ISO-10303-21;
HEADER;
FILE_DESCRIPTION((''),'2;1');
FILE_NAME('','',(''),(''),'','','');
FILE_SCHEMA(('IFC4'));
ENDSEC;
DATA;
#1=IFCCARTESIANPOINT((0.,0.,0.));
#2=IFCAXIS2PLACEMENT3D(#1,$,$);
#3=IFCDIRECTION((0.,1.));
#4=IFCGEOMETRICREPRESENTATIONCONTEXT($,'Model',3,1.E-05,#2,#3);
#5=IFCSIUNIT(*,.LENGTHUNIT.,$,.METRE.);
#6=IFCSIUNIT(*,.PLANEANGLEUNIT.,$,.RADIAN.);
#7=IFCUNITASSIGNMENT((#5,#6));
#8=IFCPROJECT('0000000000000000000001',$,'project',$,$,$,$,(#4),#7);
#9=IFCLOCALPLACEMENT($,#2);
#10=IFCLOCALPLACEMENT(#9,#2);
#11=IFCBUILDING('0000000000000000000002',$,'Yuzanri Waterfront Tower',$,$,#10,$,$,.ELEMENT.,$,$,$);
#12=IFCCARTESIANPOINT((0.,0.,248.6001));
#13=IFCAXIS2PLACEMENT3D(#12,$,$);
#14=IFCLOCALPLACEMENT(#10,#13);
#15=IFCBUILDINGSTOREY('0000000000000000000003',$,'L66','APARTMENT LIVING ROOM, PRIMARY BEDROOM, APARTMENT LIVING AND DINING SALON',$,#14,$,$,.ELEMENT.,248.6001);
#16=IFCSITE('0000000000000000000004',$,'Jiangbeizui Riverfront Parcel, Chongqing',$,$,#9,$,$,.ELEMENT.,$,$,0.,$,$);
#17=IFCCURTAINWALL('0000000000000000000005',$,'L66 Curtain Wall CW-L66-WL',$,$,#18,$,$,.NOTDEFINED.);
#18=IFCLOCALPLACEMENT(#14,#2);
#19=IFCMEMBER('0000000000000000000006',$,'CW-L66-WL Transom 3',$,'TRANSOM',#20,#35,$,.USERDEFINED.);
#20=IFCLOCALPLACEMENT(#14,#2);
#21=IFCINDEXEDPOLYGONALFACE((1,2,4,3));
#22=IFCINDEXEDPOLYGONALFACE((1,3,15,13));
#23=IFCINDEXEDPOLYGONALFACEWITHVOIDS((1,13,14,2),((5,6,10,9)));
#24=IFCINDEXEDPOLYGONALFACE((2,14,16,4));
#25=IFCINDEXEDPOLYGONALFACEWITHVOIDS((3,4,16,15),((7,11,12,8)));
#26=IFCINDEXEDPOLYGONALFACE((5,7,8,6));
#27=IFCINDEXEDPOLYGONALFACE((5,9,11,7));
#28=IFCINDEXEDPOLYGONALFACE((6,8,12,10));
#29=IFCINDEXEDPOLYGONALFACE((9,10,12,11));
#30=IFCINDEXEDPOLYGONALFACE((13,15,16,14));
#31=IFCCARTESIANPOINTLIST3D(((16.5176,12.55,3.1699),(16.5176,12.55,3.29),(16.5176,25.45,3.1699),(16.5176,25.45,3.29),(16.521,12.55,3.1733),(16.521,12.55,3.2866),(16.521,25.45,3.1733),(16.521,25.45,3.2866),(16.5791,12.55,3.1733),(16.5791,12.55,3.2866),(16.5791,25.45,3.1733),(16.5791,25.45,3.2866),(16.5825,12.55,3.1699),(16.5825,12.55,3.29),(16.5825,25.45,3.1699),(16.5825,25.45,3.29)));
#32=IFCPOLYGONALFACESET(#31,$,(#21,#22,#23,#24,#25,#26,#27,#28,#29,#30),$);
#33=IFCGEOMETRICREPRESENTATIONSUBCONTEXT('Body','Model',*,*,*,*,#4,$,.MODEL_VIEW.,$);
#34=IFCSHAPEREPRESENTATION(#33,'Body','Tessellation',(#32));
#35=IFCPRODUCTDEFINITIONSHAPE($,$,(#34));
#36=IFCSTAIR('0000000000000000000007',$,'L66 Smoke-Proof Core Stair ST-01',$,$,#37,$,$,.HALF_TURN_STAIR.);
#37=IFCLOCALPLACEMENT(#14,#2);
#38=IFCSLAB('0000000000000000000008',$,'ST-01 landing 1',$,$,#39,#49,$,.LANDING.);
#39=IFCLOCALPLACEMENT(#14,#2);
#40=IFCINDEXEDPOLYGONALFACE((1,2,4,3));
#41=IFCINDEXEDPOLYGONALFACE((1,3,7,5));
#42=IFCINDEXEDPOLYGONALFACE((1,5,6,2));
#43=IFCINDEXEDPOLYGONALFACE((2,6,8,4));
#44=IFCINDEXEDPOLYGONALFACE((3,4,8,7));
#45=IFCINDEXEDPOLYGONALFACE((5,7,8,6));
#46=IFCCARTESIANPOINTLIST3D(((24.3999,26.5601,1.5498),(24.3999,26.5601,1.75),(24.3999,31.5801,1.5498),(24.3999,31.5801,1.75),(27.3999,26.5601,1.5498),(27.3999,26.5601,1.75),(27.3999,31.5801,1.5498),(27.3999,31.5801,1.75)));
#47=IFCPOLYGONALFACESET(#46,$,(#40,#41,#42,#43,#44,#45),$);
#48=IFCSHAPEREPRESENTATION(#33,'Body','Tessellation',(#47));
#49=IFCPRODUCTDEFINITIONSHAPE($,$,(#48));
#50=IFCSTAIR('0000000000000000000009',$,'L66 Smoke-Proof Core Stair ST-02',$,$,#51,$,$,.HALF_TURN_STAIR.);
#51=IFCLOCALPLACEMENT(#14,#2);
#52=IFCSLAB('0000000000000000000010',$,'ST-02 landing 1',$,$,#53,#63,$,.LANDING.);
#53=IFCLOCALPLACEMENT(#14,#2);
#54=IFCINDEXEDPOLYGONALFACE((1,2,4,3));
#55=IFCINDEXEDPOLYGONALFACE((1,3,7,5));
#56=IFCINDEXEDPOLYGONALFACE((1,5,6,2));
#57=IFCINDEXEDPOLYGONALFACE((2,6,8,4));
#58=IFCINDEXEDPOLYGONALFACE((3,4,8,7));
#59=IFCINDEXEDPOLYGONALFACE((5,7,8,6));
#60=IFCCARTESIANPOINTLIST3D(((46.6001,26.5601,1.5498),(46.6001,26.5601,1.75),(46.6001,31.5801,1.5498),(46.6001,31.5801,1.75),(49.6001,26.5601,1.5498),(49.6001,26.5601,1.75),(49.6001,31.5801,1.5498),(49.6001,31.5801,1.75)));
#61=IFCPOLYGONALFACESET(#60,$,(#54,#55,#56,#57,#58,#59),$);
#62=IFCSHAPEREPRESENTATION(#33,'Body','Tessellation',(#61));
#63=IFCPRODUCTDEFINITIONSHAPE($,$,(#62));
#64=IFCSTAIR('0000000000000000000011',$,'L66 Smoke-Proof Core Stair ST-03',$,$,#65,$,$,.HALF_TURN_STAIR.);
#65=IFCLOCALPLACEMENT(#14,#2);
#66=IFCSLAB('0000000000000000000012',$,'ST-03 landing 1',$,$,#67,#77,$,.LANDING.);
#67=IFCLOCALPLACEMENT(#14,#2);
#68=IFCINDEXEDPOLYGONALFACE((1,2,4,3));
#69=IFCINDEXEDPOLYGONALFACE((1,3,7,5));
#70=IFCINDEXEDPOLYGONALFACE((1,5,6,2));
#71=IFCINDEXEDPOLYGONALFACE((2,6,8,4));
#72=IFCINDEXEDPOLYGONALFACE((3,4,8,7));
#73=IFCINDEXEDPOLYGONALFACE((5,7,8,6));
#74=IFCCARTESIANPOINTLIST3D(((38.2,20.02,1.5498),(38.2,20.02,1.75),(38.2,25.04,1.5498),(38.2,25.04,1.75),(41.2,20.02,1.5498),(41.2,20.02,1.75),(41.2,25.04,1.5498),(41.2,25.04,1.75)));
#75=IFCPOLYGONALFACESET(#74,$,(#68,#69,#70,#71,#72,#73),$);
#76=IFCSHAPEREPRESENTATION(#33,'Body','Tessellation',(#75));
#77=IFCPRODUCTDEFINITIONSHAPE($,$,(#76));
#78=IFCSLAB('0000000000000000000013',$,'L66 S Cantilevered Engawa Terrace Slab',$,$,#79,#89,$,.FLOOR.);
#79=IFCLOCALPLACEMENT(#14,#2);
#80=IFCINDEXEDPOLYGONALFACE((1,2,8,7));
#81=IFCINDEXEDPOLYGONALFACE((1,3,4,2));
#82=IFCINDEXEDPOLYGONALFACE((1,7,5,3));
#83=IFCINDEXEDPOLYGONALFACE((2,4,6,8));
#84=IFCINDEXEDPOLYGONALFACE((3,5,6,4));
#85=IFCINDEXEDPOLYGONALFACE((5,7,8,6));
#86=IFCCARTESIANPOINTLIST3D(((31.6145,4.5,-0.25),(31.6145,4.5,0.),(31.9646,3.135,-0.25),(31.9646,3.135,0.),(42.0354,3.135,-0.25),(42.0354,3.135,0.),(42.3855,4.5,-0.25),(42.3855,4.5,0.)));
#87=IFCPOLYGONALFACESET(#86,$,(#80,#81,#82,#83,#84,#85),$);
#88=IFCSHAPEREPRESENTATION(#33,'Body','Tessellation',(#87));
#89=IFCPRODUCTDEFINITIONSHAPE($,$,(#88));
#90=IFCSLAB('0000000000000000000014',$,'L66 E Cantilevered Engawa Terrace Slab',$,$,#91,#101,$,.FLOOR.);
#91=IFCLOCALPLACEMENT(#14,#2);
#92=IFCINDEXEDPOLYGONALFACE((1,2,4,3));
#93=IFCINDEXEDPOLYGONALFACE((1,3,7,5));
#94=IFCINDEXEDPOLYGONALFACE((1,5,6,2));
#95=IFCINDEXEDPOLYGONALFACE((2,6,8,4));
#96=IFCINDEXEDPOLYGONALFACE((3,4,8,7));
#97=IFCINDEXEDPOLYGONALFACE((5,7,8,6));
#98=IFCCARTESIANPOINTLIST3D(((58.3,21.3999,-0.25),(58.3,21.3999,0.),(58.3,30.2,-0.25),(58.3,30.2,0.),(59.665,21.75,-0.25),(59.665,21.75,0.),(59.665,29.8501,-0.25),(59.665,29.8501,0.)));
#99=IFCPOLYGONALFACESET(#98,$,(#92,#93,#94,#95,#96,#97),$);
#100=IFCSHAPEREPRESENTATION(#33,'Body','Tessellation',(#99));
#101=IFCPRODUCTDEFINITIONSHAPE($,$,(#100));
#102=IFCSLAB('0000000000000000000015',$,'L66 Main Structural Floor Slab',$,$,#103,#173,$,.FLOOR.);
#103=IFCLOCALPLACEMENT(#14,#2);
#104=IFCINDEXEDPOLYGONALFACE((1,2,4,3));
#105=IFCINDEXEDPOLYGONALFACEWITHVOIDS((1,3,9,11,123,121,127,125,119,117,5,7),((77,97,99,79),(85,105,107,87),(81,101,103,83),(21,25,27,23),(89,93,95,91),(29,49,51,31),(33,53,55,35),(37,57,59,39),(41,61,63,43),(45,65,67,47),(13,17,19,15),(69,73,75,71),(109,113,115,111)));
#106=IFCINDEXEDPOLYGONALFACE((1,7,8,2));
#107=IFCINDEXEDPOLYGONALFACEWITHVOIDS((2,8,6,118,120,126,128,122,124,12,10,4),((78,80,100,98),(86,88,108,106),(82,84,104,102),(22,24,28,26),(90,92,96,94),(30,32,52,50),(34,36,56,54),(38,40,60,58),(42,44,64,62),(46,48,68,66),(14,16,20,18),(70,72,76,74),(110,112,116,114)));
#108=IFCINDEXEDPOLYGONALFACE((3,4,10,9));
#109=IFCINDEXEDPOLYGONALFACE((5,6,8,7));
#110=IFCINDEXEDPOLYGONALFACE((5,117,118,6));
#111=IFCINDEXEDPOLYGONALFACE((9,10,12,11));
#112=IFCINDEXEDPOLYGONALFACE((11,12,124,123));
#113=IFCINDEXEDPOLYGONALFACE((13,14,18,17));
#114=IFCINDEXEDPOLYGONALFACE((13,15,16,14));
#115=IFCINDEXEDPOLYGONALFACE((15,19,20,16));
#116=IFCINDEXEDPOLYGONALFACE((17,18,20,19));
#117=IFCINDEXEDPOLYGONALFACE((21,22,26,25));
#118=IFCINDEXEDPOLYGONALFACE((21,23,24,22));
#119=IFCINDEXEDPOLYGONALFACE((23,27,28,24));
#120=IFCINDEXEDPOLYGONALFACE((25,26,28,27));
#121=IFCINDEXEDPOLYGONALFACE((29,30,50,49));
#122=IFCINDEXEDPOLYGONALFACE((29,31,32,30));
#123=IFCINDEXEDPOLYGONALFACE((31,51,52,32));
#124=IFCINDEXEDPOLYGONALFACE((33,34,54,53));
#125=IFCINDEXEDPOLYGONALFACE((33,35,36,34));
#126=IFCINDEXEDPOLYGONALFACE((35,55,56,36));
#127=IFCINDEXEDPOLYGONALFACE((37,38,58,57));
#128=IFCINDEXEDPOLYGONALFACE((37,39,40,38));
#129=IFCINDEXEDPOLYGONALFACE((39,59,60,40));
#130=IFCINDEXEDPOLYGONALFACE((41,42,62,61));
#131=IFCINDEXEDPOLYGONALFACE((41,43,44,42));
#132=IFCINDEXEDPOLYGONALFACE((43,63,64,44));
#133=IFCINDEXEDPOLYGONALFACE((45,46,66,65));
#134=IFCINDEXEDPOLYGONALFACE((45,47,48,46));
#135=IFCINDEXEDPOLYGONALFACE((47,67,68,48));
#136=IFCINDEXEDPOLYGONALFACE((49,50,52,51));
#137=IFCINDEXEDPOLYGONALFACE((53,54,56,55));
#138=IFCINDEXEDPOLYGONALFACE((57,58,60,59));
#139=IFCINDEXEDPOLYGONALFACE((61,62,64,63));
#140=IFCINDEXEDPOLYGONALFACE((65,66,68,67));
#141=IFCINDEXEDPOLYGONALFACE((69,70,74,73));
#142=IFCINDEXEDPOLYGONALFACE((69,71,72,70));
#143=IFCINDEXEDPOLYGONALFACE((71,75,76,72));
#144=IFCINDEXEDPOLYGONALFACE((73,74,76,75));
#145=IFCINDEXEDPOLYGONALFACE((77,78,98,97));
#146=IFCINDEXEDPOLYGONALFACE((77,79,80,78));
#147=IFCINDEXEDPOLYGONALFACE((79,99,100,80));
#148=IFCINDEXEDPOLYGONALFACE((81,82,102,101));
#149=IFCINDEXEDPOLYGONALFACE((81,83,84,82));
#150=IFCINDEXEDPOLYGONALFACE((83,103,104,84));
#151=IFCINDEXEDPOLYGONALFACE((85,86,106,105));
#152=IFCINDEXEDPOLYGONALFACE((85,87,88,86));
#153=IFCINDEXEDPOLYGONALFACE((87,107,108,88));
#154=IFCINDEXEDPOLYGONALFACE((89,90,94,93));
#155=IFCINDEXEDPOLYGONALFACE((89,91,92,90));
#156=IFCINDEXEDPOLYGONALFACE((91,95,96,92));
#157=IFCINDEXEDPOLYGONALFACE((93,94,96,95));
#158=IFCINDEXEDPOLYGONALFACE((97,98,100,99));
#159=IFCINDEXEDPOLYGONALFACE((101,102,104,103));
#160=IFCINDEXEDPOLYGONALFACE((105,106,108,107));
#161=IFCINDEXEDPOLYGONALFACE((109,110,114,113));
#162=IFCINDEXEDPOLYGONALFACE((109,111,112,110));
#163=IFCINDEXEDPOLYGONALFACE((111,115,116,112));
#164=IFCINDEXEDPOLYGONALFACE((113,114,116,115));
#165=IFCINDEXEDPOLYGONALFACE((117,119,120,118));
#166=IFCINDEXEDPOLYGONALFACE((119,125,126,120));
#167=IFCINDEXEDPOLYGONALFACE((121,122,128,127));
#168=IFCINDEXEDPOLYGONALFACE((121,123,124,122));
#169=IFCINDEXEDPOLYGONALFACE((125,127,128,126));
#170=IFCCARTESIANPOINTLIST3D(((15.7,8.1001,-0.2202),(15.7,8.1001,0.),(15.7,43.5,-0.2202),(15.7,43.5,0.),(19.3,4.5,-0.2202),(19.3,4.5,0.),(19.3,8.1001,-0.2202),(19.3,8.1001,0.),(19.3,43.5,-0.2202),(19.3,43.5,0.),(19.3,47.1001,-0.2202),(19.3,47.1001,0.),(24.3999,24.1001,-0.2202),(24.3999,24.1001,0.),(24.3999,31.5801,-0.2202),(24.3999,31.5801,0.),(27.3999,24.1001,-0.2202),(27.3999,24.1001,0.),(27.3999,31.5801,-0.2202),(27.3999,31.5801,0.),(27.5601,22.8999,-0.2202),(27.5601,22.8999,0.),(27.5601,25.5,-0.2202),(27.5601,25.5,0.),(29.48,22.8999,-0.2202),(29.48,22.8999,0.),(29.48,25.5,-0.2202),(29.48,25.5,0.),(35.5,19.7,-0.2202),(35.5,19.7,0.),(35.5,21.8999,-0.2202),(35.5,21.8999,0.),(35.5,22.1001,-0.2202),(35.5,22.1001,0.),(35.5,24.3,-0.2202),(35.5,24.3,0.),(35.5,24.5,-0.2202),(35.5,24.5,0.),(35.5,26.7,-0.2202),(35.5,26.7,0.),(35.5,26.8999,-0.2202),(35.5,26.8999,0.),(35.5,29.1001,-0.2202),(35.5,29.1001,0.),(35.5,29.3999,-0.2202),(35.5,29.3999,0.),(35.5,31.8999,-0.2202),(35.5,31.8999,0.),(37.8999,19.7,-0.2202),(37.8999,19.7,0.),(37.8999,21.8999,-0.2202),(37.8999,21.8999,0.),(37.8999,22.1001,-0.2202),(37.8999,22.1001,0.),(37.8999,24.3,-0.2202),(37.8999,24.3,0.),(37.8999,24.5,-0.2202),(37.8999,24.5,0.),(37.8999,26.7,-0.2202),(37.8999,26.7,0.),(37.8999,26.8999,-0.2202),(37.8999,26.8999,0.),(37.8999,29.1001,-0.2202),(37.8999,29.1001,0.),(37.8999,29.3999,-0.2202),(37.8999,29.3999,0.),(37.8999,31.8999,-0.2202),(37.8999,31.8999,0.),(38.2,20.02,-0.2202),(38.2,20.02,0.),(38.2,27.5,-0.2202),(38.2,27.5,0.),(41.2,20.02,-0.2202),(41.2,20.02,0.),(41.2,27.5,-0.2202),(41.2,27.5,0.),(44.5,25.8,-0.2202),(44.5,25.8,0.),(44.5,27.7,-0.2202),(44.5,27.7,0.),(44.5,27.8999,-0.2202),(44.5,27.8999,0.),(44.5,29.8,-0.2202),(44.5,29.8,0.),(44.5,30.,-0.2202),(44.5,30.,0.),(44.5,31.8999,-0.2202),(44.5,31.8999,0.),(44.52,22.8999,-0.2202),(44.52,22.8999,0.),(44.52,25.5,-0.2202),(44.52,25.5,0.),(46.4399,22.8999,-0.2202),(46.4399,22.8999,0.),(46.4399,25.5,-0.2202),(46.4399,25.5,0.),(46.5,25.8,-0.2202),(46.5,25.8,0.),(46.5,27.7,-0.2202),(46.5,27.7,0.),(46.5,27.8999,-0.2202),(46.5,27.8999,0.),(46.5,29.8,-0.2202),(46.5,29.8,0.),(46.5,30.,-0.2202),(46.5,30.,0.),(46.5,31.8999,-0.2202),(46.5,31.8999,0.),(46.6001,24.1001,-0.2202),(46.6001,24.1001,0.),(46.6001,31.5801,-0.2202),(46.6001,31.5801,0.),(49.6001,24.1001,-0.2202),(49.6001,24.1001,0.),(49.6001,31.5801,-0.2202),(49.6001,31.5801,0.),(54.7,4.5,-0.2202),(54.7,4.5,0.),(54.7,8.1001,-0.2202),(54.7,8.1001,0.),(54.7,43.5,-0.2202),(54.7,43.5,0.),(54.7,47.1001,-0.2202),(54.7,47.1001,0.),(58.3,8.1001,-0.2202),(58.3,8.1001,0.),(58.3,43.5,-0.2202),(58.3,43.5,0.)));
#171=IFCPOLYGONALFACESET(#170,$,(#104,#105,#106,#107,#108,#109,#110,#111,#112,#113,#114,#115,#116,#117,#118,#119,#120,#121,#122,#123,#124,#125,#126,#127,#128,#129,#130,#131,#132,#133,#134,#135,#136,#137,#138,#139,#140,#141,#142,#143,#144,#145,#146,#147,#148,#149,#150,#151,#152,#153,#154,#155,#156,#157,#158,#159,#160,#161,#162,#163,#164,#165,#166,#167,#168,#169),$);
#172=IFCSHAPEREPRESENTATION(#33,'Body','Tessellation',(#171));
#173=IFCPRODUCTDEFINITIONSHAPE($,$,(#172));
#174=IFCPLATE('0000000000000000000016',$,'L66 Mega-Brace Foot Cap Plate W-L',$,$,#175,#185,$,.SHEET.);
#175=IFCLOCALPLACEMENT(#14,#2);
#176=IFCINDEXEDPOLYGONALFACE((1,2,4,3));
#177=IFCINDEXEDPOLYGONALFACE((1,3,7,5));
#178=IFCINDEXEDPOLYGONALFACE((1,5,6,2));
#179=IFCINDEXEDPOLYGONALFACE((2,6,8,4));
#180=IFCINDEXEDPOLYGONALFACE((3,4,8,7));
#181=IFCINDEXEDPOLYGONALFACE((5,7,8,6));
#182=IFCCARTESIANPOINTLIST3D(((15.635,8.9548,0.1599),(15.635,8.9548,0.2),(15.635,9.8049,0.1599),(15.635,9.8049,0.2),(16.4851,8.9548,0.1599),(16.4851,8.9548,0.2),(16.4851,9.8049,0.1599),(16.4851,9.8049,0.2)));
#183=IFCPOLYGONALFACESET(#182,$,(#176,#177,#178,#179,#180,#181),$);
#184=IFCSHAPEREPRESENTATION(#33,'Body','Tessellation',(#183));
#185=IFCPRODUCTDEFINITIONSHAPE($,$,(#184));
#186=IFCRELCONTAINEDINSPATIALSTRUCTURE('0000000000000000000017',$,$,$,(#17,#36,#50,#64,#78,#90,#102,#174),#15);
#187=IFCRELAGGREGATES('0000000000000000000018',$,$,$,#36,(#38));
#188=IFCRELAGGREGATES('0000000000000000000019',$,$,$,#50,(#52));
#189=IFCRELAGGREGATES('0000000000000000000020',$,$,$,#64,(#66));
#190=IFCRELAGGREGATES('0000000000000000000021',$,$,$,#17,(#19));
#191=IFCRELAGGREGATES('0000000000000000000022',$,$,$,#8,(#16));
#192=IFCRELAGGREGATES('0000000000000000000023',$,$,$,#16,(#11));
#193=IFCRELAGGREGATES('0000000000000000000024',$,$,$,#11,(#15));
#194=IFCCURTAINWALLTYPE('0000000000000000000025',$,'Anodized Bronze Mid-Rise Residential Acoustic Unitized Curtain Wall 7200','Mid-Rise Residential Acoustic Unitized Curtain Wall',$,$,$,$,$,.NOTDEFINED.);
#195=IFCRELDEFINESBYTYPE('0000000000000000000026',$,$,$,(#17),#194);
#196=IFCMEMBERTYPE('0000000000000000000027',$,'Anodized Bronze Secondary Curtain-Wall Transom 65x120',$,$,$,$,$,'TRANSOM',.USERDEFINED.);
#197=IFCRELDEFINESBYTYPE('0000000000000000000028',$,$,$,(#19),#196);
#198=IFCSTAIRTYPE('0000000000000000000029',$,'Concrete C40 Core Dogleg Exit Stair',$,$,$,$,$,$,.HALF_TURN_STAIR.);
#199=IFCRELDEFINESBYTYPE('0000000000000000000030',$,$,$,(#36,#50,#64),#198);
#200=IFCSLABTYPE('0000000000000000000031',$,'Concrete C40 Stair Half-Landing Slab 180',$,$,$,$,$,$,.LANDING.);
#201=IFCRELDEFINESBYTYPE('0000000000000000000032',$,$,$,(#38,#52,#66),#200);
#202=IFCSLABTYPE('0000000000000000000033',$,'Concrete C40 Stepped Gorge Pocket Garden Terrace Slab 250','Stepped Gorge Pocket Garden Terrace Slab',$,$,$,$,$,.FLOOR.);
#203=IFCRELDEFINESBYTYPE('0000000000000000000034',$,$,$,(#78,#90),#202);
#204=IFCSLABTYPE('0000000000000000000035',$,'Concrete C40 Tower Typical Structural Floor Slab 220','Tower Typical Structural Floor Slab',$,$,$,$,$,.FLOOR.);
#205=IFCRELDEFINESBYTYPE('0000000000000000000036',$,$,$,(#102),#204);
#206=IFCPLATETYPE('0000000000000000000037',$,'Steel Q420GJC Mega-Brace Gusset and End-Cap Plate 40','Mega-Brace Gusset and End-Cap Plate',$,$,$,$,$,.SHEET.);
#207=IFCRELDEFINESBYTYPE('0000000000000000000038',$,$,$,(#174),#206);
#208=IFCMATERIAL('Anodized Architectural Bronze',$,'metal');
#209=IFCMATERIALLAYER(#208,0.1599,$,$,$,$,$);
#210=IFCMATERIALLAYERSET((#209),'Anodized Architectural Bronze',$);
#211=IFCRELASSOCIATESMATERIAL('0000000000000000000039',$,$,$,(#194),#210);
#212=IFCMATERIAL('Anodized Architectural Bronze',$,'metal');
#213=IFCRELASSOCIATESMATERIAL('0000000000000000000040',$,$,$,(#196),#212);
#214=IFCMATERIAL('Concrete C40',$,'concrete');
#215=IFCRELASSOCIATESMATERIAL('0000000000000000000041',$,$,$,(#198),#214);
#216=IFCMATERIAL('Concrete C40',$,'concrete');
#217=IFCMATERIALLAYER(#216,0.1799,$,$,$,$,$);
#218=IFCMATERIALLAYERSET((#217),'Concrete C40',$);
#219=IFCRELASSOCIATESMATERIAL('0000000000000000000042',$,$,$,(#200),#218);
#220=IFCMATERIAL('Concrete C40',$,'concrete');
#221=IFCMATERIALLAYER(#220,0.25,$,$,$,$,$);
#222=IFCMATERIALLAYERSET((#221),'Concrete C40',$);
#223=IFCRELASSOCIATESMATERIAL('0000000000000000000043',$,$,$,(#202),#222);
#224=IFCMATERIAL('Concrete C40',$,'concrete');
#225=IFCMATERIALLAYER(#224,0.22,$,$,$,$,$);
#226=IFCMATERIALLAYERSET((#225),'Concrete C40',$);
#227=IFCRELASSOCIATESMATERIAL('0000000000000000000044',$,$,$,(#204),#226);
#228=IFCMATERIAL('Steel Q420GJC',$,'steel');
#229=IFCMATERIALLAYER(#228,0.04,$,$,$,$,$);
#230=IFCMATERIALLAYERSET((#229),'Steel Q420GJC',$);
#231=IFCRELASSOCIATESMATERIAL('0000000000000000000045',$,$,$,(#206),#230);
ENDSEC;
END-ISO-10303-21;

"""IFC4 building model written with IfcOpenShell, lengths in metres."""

from ifc_helpers import new_model, si_unit, direction, frame, origin, origin_2d, place, context, subcontext, project, spatial, polyline, rectangle, hollow_rectangle, outline, extrude, source, transform, mapped, material, layer, layer_set, material_profile, profile_set, type_object, element, aggregate, save


model = new_model("IFC4")

# Units and contexts
model_context = context("Model", 3, precision=1e-05, world=origin(), true_north=direction((0.0, 1.0)))
body_context = subcontext(model_context, "Body", "Model", "MODEL_VIEW")
ifc_project = project(units=[si_unit("LENGTHUNIT", "METRE"), si_unit("PLANEANGLEUNIT", "RADIAN")], contexts=[model_context])

# Site, building, storey
site_placement = place(None, origin())
site = spatial("IfcSite", under=ifc_project, at=site_placement, Name="Jiangbeizui Riverfront Parcel, Chongqing", CompositionType="ELEMENT", RefElevation=0.0)
building_placement = place(site_placement, origin())
building = spatial("IfcBuilding", under=site, at=building_placement, Name="Yuzanri Waterfront Tower", CompositionType="ELEMENT")
storey_placement = place(building_placement, frame((0.0, 0.0, 248.6001)))
storey = spatial("IfcBuildingStorey", under=building, at=storey_placement, Name="L66", Description="APARTMENT LIVING ROOM, PRIMARY BEDROOM, APARTMENT LIVING AND DINING SALON", CompositionType="ELEMENT", Elevation=248.6001)

# Curtain wall, member
ifc_material_1 = material(Name="Anodized Architectural Bronze", Category="metal")
ifc_layer_1 = layer(ifc_material_1, 0.1599)
ifc_layer_set_1 = layer_set([ifc_layer_1], Name="Anodized Architectural Bronze")
curtain_wall_type = type_object("IfcCurtainWallType", Name="Anodized Bronze Mid-Rise Residential Acoustic Unitized Curtain Wall 7200", Description="Mid-Rise Residential Acoustic Unitized Curtain Wall", PredefinedType="NOTDEFINED", material=ifc_layer_set_1)
curtain_wall_placement = place(storey_placement, origin())
curtain_wall = element("IfcCurtainWall", 1, at=curtain_wall_placement, inside=storey, type_object=curtain_wall_type, Name="L66 Curtain Wall CW-L66-WL", PredefinedType="NOTDEFINED")
ifc_material_2 = material(Name="Anodized Architectural Bronze", Category="metal")
ifc_material_profile_1 = material_profile(ifc_material_2, hollow_rectangle(XDim=0.0649, YDim=0.1201, WallThickness=0.0034, at=origin_2d()), Name="CWT 65x120")
ifc_profile_set_1 = profile_set([ifc_material_profile_1], Name="Anodized Architectural Bronze")
member_type_1 = type_object("IfcMemberType", Name="Anodized Bronze Secondary Curtain-Wall Transom 65x120", ElementType="TRANSOM", PredefinedType="USERDEFINED", material=ifc_profile_set_1)
shared_shape_1 = source(origin(), body_context, "Body", "SweptSolid", [
    extrude(hollow_rectangle(XDim=0.0649, YDim=0.1201, WallThickness=0.0034, at=origin_2d()), origin(), (0.0, 0.0, 1.0), 12.8999),
])
member_1_placement = place(storey_placement, frame((16.55, 12.55, 3.23), z_axis=(0.0, 1.0, 0.0), x_axis=(-1.0, 0.0, 0.0)))
member_1 = element("IfcMember", 2, at=member_1_placement, type_object=member_type_1, Name="CW-L66-WL Transom 3", ObjectType="TRANSOM", PredefinedType="USERDEFINED", context=body_context, shape_type="MappedRepresentation", body=[
    mapped(shared_shape_1, transform((0.0, 0.0, 0.0), scale=1.0)),
])

# Stairs, slabs
ifc_material_3 = material(Name="Concrete C40", Category="concrete")
stair_type = type_object("IfcStairType", Name="Concrete C40 Core Dogleg Exit Stair", PredefinedType="HALF_TURN_STAIR", material=ifc_material_3)
stair_1_placement = place(storey_placement, origin())
stair_1 = element("IfcStair", 3, at=stair_1_placement, inside=storey, type_object=stair_type, Name="L66 Smoke-Proof Core Stair ST-01", PredefinedType="HALF_TURN_STAIR")
ifc_material_4 = material(Name="Concrete C40", Category="concrete")
ifc_layer_2 = layer(ifc_material_4, 0.1799)
ifc_layer_set_2 = layer_set([ifc_layer_2], Name="Concrete C40")
slab_type_1 = type_object("IfcSlabType", Name="Concrete C40 Stair Half-Landing Slab 180", PredefinedType="LANDING", material=ifc_layer_set_2)
slab_1_placement = place(storey_placement, frame((0.0, 0.0, 1.5498)))
slab_1 = element("IfcSlab", 4, at=slab_1_placement, type_object=slab_type_1, Name="ST-01 landing 1", PredefinedType="LANDING", context=body_context, shape_type="SweptSolid", body=[
    extrude(outline(polyline([(27.3999, 26.5601), (27.3999, 31.5801), (24.3999, 31.5801), (24.3999, 26.5601), (27.3999, 26.5601)])), origin(), (0.0, 0.0, 1.0), 0.2002),
])
aggregate(stair_1, [slab_1])
stair_2_placement = place(storey_placement, origin())
stair_2 = element("IfcStair", 5, at=stair_2_placement, inside=storey, type_object=stair_type, Name="L66 Smoke-Proof Core Stair ST-02", PredefinedType="HALF_TURN_STAIR")
slab_2_placement = place(storey_placement, frame((0.0, 0.0, 1.5498)))
slab_2 = element("IfcSlab", 6, at=slab_2_placement, type_object=slab_type_1, Name="ST-02 landing 1", PredefinedType="LANDING", context=body_context, shape_type="SweptSolid", body=[
    extrude(outline(polyline([(49.6001, 26.5601), (49.6001, 31.5801), (46.6001, 31.5801), (46.6001, 26.5601), (49.6001, 26.5601)])), origin(), (0.0, 0.0, 1.0), 0.2002),
])
aggregate(stair_2, [slab_2])
stair_3_placement = place(storey_placement, origin())
stair_3 = element("IfcStair", 7, at=stair_3_placement, inside=storey, type_object=stair_type, Name="L66 Smoke-Proof Core Stair ST-03", PredefinedType="HALF_TURN_STAIR")
slab_3_placement = place(storey_placement, frame((0.0, 0.0, 1.5498)))
slab_3 = element("IfcSlab", 8, at=slab_3_placement, type_object=slab_type_1, Name="ST-03 landing 1", PredefinedType="LANDING", context=body_context, shape_type="SweptSolid", body=[
    extrude(outline(polyline([(38.2, 25.04), (38.2, 20.02), (41.2, 20.02), (41.2, 25.04), (38.2, 25.04)])), origin(), (0.0, 0.0, 1.0), 0.2002),
])
aggregate(stair_3, [slab_3])

# Slabs
ifc_material_5 = material(Name="Concrete C40", Category="concrete")
ifc_layer_3 = layer(ifc_material_5, 0.25)
ifc_layer_set_3 = layer_set([ifc_layer_3], Name="Concrete C40")
slab_type_2 = type_object("IfcSlabType", Name="Concrete C40 Stepped Gorge Pocket Garden Terrace Slab 250", Description="Stepped Gorge Pocket Garden Terrace Slab", PredefinedType="FLOOR", material=ifc_layer_set_3)
slab_4_placement = place(storey_placement, frame((0.0, 0.0, -0.25)))
element("IfcSlab", 9, at=slab_4_placement, inside=storey, type_object=slab_type_2, Name="L66 S Cantilevered Engawa Terrace Slab", PredefinedType="FLOOR", context=body_context, shape_type="SweptSolid", body=[
    extrude(outline(polyline([(31.6145, 4.5), (42.3855, 4.5), (42.0354, 3.135), (31.9646, 3.135), (31.6145, 4.5)])), origin(), (0.0, 0.0, 1.0), 0.25),
])
slab_5_placement = place(storey_placement, frame((0.0, 0.0, -0.25)))
element("IfcSlab", 10, at=slab_5_placement, inside=storey, type_object=slab_type_2, Name="L66 E Cantilevered Engawa Terrace Slab", PredefinedType="FLOOR", context=body_context, shape_type="SweptSolid", body=[
    extrude(outline(polyline([(58.3, 21.3999), (59.665, 21.75), (59.665, 29.8501), (58.3, 30.2), (58.3, 21.3999)])), origin(), (0.0, 0.0, 1.0), 0.25),
])
ifc_material_6 = material(Name="Concrete C40", Category="concrete")
ifc_layer_4 = layer(ifc_material_6, 0.22)
ifc_layer_set_4 = layer_set([ifc_layer_4], Name="Concrete C40")
slab_type_3 = type_object("IfcSlabType", Name="Concrete C40 Tower Typical Structural Floor Slab 220", Description="Tower Typical Structural Floor Slab", PredefinedType="FLOOR", material=ifc_layer_set_4)
slab_6_placement = place(storey_placement, frame((0.0, 0.0, -0.2202)))
element("IfcSlab", 11, at=slab_6_placement, inside=storey, type_object=slab_type_3, Name="L66 Main Structural Floor Slab", PredefinedType="FLOOR", context=body_context, shape_type="SweptSolid", body=[
    extrude(outline(polyline([(19.3, 4.5), (54.7, 4.5), (54.7, 8.1001), (58.3, 8.1001), (58.3, 43.5), (54.7, 43.5), (54.7, 47.1001), (19.3, 47.1001), (19.3, 43.5), (15.7, 43.5), (15.7, 8.1001), (19.3, 8.1001), (19.3, 4.5)]), holes=[polyline([(27.3999, 24.1001), (27.3999, 31.5801), (24.3999, 31.5801), (24.3999, 24.1001), (27.3999, 24.1001)]), polyline([(49.6001, 24.1001), (49.6001, 31.5801), (46.6001, 31.5801), (46.6001, 24.1001), (49.6001, 24.1001)]), polyline([(38.2, 27.5), (38.2, 20.02), (41.2, 20.02), (41.2, 27.5), (38.2, 27.5)]), polyline([(27.5601, 22.8999), (29.48, 22.8999), (29.48, 25.5), (27.5601, 25.5), (27.5601, 22.8999)]), polyline([(44.52, 22.8999), (46.4399, 22.8999), (46.4399, 25.5), (44.52, 25.5), (44.52, 22.8999)]), polyline([(35.5, 19.7), (37.8999, 19.7), (37.8999, 21.8999), (35.5, 21.8999), (35.5, 19.7)]), polyline([(35.5, 22.1001), (37.8999, 22.1001), (37.8999, 24.3), (35.5, 24.3), (35.5, 22.1001)]), polyline([(35.5, 24.5), (37.8999, 24.5), (37.8999, 26.7), (35.5, 26.7), (35.5, 24.5)]), polyline([(35.5, 26.8999), (37.8999, 26.8999), (37.8999, 29.1001), (35.5, 29.1001), (35.5, 26.8999)]), polyline([(35.5, 29.3999), (37.8999, 29.3999), (37.8999, 31.8999), (35.5, 31.8999), (35.5, 29.3999)]), polyline([(44.5, 25.8), (46.5, 25.8), (46.5, 27.7), (44.5, 27.7), (44.5, 25.8)]), polyline([(44.5, 27.8999), (46.5, 27.8999), (46.5, 29.8), (44.5, 29.8), (44.5, 27.8999)]), polyline([(44.5, 30.0), (46.5, 30.0), (46.5, 31.8999), (44.5, 31.8999), (44.5, 30.0)])]), origin(), (0.0, 0.0, 1.0), 0.2202),
])

# Plate
ifc_material_7 = material(Name="Steel Q420GJC", Category="steel")
ifc_layer_5 = layer(ifc_material_7, 0.04)
ifc_layer_set_5 = layer_set([ifc_layer_5], Name="Steel Q420GJC")
plate_type_1 = type_object("IfcPlateType", Name="Steel Q420GJC Mega-Brace Gusset and End-Cap Plate 40", Description="Mega-Brace Gusset and End-Cap Plate", PredefinedType="SHEET", material=ifc_layer_set_5)
shared_shape_2 = source(origin(), body_context, "Body", "SweptSolid", [
    extrude(rectangle(XDim=0.8501, YDim=0.8501, at=origin_2d()), origin(), (0.0, 0.0, 1.0), 0.04),
])
plate_1_placement = place(storey_placement, frame((16.0601, 9.3799, 0.1599), z_axis=(0.0, 0.0, 1.0), x_axis=(1.0, 0.0, 0.0)))
element("IfcPlate", 12, at=plate_1_placement, inside=storey, type_object=plate_type_1, Name="L66 Mega-Brace Foot Cap Plate W-L", PredefinedType="SHEET", context=body_context, shape_type="MappedRepresentation", body=[
    mapped(shared_shape_2, transform((0.0, 0.0, 0.0), scale=1.0)),
])
aggregate(curtain_wall, [member_1])

save(model, "model.ifc")
